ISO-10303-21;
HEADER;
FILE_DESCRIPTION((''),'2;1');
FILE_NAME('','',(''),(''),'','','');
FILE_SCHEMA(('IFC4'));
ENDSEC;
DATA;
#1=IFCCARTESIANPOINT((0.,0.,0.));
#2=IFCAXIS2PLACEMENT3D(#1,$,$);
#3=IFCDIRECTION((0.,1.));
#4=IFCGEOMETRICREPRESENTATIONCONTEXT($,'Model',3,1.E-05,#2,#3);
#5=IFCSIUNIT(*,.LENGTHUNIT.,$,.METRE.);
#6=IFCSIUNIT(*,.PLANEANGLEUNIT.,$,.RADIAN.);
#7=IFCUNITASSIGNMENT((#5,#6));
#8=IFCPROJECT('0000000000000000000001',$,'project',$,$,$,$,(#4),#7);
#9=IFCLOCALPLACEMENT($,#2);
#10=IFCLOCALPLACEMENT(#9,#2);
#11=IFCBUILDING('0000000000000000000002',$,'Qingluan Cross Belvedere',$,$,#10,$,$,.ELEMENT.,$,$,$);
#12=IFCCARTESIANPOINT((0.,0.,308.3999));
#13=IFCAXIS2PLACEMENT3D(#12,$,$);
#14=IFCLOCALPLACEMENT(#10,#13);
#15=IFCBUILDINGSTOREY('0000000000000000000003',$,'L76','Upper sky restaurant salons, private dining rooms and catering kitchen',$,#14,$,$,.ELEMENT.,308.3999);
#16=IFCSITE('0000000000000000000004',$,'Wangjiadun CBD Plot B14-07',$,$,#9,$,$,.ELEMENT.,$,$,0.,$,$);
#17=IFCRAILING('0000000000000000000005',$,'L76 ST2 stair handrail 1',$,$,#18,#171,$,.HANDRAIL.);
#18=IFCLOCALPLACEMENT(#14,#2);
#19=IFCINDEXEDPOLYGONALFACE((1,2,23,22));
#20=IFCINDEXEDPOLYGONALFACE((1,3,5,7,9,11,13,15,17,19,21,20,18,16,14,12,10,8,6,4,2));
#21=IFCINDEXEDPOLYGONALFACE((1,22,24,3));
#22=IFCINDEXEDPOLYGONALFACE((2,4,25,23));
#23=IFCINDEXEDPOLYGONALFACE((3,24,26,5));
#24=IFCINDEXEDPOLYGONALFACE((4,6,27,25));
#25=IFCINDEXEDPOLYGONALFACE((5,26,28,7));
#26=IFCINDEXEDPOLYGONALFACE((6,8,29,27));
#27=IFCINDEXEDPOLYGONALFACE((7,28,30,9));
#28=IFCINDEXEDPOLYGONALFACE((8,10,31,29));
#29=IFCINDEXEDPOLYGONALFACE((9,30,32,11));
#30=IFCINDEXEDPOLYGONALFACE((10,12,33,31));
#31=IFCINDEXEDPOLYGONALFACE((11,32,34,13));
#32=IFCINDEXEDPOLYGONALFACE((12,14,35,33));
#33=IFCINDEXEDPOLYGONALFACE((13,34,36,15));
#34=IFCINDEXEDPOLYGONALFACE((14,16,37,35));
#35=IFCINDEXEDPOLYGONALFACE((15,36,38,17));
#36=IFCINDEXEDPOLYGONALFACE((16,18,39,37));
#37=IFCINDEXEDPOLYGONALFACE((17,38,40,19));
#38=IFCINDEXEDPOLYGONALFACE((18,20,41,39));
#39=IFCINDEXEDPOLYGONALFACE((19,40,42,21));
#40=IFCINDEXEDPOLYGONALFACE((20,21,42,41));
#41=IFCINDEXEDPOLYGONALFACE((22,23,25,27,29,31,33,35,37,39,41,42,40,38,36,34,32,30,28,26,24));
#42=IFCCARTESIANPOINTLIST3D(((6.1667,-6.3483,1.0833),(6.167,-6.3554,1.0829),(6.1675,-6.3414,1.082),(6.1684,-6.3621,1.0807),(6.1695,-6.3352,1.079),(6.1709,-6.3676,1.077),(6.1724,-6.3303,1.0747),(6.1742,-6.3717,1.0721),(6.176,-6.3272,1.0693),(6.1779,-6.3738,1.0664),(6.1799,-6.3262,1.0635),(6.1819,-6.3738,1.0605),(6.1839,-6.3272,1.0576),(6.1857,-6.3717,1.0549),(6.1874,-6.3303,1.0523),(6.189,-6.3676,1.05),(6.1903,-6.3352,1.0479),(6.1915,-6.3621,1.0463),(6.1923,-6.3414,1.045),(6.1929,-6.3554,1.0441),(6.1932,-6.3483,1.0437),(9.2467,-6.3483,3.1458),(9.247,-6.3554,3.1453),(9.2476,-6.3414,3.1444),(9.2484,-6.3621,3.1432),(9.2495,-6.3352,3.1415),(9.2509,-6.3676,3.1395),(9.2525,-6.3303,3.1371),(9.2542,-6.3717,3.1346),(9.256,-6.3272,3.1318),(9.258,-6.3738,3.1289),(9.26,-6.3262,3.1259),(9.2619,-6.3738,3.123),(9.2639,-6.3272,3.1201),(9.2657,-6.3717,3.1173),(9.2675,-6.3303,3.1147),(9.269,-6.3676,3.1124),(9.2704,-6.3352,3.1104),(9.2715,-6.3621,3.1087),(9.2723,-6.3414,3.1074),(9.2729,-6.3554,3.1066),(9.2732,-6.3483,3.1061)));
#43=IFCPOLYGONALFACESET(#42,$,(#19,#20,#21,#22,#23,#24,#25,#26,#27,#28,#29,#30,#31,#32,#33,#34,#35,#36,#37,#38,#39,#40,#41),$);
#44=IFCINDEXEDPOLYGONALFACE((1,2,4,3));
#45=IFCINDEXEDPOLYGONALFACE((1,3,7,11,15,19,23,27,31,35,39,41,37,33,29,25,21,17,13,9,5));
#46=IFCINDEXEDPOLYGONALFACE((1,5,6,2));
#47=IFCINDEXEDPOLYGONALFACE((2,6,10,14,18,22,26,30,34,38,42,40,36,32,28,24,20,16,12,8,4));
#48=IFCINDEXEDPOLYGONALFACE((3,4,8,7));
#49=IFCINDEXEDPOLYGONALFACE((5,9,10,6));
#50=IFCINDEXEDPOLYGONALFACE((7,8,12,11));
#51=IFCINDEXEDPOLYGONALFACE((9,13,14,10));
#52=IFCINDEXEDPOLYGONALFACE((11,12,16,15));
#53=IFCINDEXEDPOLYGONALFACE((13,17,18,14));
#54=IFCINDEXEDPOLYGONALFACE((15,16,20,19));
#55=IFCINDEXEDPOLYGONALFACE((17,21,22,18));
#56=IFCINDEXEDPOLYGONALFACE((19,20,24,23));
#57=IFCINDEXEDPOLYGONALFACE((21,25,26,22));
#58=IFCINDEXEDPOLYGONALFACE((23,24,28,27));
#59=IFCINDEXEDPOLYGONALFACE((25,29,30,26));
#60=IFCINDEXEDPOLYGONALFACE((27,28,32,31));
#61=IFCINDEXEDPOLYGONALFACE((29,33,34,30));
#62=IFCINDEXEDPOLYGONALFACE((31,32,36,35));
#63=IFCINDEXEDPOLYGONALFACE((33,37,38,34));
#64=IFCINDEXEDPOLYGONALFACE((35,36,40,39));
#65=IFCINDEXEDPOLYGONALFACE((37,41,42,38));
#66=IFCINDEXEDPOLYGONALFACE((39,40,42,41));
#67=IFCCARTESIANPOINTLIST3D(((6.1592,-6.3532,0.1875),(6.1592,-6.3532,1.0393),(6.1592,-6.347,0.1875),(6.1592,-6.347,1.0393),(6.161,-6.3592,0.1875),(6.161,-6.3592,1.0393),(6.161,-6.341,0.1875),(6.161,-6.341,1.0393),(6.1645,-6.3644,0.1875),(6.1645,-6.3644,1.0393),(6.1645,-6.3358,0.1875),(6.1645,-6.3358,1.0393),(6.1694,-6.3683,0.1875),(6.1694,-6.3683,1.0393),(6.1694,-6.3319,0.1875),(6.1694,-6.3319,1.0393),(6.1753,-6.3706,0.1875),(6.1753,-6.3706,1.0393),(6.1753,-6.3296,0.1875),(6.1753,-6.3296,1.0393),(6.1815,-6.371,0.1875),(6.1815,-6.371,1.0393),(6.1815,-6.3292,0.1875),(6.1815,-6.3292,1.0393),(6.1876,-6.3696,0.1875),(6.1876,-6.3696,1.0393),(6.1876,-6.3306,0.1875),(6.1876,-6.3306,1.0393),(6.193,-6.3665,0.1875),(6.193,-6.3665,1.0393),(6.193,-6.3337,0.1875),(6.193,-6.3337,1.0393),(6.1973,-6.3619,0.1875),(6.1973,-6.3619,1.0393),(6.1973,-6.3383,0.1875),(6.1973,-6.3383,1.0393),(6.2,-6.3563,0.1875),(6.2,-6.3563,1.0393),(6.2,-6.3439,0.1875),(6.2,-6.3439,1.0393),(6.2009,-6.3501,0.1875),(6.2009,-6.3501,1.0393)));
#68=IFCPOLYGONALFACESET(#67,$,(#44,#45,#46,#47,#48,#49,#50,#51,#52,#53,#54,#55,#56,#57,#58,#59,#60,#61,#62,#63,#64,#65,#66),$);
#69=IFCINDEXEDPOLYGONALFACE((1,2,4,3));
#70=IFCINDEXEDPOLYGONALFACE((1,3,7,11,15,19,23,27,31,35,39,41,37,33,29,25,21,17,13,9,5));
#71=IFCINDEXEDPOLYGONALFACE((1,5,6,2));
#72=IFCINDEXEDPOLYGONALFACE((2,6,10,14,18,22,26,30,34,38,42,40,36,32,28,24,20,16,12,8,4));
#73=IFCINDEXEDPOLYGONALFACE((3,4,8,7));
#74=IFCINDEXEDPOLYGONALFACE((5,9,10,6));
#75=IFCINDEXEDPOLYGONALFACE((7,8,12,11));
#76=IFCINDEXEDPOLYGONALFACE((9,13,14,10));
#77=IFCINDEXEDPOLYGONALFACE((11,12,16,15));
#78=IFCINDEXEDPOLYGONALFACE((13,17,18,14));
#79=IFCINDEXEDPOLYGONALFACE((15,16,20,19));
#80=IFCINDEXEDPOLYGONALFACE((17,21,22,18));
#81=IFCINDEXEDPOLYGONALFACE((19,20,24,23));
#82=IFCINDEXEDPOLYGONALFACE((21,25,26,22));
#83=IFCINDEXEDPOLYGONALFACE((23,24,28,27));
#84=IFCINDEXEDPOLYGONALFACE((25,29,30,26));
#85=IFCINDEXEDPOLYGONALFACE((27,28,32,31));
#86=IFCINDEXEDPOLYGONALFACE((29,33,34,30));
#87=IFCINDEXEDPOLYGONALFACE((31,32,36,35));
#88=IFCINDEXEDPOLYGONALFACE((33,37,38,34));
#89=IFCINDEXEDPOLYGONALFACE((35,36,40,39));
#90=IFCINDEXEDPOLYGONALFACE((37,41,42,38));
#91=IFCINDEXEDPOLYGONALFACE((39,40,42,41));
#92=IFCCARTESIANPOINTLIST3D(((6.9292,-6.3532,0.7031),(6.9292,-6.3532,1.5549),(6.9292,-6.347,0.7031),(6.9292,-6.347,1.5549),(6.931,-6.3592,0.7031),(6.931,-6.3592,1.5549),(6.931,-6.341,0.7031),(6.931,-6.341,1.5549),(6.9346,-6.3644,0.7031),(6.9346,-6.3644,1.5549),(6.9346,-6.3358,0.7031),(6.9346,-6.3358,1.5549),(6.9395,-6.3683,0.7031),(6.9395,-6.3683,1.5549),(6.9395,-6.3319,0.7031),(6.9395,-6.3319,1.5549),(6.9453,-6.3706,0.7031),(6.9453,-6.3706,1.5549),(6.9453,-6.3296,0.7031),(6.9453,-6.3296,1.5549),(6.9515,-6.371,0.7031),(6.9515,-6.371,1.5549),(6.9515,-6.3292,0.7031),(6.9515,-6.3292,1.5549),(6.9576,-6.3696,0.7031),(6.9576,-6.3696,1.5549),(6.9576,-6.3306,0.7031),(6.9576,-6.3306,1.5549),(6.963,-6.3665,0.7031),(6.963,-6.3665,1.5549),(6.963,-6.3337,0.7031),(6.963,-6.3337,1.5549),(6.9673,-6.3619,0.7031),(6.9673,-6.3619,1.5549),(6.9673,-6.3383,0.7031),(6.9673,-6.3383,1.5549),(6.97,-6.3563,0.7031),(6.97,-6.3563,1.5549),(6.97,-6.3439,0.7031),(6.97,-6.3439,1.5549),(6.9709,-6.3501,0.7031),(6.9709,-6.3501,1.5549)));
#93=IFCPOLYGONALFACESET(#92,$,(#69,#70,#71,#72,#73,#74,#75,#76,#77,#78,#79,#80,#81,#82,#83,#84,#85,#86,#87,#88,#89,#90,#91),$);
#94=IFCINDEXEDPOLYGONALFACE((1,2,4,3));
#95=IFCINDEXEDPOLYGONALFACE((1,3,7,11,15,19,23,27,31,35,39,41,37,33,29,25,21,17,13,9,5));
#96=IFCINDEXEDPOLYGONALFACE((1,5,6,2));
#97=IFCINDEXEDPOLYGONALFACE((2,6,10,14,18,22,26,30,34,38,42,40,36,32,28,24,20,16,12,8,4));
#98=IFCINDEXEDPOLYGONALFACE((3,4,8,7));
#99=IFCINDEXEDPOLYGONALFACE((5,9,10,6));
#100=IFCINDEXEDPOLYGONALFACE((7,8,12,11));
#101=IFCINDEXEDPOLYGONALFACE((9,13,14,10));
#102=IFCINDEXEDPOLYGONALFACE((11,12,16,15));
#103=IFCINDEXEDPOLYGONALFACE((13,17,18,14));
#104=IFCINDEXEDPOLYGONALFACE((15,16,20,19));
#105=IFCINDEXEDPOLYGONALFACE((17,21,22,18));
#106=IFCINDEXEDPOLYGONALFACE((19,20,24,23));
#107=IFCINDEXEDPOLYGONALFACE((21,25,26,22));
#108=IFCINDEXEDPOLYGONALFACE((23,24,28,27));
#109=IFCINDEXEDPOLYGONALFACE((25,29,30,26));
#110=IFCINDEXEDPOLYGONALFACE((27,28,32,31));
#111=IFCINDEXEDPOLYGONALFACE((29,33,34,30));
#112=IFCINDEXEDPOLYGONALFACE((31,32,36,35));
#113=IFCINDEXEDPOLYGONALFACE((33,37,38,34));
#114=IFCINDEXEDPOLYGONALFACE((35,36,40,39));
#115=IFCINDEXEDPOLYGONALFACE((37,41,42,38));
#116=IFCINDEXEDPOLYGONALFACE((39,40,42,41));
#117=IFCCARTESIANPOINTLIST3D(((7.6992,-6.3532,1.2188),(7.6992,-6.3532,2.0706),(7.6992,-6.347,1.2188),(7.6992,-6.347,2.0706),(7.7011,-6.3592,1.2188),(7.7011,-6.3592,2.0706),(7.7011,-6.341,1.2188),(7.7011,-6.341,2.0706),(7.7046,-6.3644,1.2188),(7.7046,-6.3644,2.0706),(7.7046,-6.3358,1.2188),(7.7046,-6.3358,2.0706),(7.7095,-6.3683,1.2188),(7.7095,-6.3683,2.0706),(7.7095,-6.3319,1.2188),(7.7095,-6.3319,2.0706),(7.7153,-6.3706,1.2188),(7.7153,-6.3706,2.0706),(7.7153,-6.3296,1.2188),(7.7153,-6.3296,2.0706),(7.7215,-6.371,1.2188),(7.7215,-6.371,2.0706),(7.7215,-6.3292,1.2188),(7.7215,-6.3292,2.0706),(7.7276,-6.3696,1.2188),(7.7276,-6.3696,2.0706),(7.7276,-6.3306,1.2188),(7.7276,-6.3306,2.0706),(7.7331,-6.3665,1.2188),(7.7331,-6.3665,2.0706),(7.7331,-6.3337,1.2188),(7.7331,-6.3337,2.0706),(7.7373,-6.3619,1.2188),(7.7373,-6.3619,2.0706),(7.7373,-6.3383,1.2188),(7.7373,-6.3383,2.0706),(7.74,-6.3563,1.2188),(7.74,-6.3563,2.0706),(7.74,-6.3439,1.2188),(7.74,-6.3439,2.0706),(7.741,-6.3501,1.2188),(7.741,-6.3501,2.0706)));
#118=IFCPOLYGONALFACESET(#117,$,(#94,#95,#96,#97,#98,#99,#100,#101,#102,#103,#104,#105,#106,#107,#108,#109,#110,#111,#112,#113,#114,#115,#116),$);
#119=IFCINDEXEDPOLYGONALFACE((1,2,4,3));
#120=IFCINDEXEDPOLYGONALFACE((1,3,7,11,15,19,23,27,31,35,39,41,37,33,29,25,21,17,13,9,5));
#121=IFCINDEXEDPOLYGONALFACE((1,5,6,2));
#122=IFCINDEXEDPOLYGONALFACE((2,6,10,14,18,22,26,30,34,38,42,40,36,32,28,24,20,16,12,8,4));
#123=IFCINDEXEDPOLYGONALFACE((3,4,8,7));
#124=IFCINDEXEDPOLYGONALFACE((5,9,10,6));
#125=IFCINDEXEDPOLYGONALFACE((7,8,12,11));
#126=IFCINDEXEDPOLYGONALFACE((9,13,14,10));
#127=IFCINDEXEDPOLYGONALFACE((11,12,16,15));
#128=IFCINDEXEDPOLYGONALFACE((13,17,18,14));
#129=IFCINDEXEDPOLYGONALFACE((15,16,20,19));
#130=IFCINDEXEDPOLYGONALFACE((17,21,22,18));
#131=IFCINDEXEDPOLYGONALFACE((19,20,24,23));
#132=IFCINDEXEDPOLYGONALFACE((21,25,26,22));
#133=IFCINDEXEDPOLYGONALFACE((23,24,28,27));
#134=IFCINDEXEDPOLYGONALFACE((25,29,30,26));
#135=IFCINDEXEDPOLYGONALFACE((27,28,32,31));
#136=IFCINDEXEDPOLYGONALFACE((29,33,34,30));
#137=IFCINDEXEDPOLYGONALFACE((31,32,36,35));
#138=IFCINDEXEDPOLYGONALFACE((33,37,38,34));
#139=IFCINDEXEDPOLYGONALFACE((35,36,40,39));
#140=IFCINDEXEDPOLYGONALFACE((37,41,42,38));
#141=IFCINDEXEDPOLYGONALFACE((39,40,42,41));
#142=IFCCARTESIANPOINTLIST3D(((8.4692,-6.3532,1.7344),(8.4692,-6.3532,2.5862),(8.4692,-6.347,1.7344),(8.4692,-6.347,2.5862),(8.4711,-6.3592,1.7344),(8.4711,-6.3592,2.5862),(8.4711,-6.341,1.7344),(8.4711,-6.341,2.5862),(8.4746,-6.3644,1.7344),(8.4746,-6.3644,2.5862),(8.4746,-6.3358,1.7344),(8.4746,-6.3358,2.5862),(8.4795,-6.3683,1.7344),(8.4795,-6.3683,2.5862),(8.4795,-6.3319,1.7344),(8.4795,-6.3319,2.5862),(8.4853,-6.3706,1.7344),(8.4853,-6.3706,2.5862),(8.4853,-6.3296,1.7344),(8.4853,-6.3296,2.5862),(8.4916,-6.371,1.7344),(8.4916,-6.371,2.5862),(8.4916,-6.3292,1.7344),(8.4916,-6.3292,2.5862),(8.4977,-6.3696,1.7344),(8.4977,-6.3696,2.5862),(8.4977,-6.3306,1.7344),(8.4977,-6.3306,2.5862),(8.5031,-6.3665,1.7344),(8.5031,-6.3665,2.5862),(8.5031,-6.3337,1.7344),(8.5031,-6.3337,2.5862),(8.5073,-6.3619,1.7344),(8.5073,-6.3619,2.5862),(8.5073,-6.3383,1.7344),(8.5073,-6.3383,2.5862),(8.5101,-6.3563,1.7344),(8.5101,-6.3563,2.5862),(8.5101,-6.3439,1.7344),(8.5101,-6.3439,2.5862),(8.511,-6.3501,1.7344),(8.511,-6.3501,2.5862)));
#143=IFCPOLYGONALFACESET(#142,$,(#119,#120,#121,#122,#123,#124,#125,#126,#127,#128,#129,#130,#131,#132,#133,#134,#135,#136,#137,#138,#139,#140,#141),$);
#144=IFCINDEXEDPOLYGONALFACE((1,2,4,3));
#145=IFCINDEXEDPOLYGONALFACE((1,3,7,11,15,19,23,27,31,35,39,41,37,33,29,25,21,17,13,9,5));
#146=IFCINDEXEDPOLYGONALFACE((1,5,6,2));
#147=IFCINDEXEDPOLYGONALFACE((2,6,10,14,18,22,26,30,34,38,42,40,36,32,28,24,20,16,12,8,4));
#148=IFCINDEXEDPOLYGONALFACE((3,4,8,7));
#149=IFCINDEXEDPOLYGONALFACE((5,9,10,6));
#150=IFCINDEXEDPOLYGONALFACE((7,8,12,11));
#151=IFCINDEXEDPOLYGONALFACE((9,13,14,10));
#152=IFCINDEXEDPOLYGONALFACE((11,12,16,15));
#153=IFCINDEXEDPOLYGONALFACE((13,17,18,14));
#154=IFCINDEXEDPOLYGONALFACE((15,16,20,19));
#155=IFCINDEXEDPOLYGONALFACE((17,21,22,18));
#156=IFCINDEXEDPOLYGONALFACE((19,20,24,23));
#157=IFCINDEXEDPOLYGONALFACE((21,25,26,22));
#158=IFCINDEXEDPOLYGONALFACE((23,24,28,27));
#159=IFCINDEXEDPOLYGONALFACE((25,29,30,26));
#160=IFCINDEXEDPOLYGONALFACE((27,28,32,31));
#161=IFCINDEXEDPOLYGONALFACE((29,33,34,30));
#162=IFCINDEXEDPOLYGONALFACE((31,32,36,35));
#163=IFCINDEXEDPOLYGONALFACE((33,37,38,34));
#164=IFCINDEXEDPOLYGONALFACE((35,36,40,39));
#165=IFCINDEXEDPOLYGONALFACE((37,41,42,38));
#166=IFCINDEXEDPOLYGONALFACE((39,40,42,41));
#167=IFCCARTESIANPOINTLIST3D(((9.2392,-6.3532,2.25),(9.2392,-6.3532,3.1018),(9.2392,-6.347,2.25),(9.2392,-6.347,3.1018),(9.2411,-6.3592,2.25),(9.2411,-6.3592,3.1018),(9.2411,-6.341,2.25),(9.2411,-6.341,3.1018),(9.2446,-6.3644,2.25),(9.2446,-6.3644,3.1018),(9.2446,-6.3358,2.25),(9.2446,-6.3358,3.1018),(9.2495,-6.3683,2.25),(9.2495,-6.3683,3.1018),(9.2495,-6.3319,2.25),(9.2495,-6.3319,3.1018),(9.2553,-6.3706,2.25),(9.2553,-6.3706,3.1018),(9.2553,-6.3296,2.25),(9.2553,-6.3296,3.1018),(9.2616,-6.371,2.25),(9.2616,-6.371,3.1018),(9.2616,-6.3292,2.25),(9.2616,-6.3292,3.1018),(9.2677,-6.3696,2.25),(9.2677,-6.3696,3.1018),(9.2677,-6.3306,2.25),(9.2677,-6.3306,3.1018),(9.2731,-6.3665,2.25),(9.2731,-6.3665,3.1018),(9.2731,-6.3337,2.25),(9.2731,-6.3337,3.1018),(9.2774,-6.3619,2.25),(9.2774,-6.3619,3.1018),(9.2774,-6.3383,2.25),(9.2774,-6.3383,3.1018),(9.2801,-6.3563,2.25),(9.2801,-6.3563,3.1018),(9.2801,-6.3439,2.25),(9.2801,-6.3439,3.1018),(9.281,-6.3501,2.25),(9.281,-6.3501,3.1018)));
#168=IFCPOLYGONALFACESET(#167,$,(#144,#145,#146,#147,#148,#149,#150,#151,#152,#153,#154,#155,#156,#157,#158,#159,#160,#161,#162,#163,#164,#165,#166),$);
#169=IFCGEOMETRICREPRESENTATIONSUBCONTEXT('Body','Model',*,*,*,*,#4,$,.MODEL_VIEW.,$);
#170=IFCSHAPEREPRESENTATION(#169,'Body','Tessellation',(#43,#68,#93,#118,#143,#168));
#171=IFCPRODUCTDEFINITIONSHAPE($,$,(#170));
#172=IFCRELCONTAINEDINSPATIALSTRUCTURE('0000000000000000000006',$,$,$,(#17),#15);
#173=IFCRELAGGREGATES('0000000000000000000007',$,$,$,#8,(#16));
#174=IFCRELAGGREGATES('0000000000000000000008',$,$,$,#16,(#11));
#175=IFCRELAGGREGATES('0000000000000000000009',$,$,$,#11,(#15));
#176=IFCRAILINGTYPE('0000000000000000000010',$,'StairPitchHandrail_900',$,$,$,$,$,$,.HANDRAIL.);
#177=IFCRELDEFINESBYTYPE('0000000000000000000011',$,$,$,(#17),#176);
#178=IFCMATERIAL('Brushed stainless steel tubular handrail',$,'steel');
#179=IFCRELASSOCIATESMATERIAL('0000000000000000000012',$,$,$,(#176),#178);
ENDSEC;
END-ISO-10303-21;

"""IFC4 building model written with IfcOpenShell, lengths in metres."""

from ifc_helpers import new_model, si_unit, direction, frame, origin, origin_2d, place, context, subcontext, project, spatial, circle, extrude, material, type_object, element, save


model = new_model("IFC4")

# Units and contexts
model_context = context("Model", 3, precision=1e-05, world=origin(), true_north=direction((0.0, 1.0)))
body_context = subcontext(model_context, "Body", "Model", "MODEL_VIEW")
ifc_project = project(units=[si_unit("LENGTHUNIT", "METRE"), si_unit("PLANEANGLEUNIT", "RADIAN")], contexts=[model_context])

# Site, building, storey
site_placement = place(None, origin())
site = spatial("IfcSite", under=ifc_project, at=site_placement, Name="Wangjiadun CBD Plot B14-07", CompositionType="ELEMENT", RefElevation=0.0)
building_placement = place(site_placement, origin())
building = spatial("IfcBuilding", under=site, at=building_placement, Name="Qingluan Cross Belvedere", CompositionType="ELEMENT")
storey_placement = place(building_placement, frame((0.0, 0.0, 308.3999)))
storey = spatial("IfcBuildingStorey", under=building, at=storey_placement, Name="L76", Description="Upper sky restaurant salons, private dining rooms and catering kitchen", CompositionType="ELEMENT", Elevation=308.3999)

# Railing
ifc_material_1 = material(Name="Brushed stainless steel tubular handrail", Category="steel")
railing_type_1 = type_object("IfcRailingType", Name="StairPitchHandrail_900", PredefinedType="HANDRAIL", material=ifc_material_1)
railing_1_placement = place(storey_placement, frame((6.1799, -6.3501, 0.1875)))
element("IfcRailing", 1, at=railing_1_placement, inside=storey, type_object=railing_type_1, Name="L76 ST2 stair handrail 1", PredefinedType="HANDRAIL", context=body_context, shape_type="SweptSolid", body=[
    extrude(circle(Radius=0.0239, at=origin_2d()), frame((0.0, 0.0, 0.876), z_axis=(0.830914, 0.0, 0.556401), x_axis=(0.0, 1.0, 0.0)), (0.0, 0.0, 1.0), 3.7068),
    extrude(circle(Radius=0.021, at=origin_2d()), origin(), (0.0, 0.0, 1.0), 0.8518),
    extrude(circle(Radius=0.021, at=origin_2d()), frame((0.77, 0.0, 0.5156)), (0.0, 0.0, 1.0), 0.8518),
    extrude(circle(Radius=0.021, at=origin_2d()), frame((1.54, 0.0, 1.0312)), (0.0, 0.0, 1.0), 0.8518),
    extrude(circle(Radius=0.021, at=origin_2d()), frame((2.3101, 0.0, 1.5469)), (0.0, 0.0, 1.0), 0.8518),
    extrude(circle(Radius=0.021, at=origin_2d()), frame((3.0801, 0.0, 2.0625)), (0.0, 0.0, 1.0), 0.8518),
])

save(model, "model.ifc")
